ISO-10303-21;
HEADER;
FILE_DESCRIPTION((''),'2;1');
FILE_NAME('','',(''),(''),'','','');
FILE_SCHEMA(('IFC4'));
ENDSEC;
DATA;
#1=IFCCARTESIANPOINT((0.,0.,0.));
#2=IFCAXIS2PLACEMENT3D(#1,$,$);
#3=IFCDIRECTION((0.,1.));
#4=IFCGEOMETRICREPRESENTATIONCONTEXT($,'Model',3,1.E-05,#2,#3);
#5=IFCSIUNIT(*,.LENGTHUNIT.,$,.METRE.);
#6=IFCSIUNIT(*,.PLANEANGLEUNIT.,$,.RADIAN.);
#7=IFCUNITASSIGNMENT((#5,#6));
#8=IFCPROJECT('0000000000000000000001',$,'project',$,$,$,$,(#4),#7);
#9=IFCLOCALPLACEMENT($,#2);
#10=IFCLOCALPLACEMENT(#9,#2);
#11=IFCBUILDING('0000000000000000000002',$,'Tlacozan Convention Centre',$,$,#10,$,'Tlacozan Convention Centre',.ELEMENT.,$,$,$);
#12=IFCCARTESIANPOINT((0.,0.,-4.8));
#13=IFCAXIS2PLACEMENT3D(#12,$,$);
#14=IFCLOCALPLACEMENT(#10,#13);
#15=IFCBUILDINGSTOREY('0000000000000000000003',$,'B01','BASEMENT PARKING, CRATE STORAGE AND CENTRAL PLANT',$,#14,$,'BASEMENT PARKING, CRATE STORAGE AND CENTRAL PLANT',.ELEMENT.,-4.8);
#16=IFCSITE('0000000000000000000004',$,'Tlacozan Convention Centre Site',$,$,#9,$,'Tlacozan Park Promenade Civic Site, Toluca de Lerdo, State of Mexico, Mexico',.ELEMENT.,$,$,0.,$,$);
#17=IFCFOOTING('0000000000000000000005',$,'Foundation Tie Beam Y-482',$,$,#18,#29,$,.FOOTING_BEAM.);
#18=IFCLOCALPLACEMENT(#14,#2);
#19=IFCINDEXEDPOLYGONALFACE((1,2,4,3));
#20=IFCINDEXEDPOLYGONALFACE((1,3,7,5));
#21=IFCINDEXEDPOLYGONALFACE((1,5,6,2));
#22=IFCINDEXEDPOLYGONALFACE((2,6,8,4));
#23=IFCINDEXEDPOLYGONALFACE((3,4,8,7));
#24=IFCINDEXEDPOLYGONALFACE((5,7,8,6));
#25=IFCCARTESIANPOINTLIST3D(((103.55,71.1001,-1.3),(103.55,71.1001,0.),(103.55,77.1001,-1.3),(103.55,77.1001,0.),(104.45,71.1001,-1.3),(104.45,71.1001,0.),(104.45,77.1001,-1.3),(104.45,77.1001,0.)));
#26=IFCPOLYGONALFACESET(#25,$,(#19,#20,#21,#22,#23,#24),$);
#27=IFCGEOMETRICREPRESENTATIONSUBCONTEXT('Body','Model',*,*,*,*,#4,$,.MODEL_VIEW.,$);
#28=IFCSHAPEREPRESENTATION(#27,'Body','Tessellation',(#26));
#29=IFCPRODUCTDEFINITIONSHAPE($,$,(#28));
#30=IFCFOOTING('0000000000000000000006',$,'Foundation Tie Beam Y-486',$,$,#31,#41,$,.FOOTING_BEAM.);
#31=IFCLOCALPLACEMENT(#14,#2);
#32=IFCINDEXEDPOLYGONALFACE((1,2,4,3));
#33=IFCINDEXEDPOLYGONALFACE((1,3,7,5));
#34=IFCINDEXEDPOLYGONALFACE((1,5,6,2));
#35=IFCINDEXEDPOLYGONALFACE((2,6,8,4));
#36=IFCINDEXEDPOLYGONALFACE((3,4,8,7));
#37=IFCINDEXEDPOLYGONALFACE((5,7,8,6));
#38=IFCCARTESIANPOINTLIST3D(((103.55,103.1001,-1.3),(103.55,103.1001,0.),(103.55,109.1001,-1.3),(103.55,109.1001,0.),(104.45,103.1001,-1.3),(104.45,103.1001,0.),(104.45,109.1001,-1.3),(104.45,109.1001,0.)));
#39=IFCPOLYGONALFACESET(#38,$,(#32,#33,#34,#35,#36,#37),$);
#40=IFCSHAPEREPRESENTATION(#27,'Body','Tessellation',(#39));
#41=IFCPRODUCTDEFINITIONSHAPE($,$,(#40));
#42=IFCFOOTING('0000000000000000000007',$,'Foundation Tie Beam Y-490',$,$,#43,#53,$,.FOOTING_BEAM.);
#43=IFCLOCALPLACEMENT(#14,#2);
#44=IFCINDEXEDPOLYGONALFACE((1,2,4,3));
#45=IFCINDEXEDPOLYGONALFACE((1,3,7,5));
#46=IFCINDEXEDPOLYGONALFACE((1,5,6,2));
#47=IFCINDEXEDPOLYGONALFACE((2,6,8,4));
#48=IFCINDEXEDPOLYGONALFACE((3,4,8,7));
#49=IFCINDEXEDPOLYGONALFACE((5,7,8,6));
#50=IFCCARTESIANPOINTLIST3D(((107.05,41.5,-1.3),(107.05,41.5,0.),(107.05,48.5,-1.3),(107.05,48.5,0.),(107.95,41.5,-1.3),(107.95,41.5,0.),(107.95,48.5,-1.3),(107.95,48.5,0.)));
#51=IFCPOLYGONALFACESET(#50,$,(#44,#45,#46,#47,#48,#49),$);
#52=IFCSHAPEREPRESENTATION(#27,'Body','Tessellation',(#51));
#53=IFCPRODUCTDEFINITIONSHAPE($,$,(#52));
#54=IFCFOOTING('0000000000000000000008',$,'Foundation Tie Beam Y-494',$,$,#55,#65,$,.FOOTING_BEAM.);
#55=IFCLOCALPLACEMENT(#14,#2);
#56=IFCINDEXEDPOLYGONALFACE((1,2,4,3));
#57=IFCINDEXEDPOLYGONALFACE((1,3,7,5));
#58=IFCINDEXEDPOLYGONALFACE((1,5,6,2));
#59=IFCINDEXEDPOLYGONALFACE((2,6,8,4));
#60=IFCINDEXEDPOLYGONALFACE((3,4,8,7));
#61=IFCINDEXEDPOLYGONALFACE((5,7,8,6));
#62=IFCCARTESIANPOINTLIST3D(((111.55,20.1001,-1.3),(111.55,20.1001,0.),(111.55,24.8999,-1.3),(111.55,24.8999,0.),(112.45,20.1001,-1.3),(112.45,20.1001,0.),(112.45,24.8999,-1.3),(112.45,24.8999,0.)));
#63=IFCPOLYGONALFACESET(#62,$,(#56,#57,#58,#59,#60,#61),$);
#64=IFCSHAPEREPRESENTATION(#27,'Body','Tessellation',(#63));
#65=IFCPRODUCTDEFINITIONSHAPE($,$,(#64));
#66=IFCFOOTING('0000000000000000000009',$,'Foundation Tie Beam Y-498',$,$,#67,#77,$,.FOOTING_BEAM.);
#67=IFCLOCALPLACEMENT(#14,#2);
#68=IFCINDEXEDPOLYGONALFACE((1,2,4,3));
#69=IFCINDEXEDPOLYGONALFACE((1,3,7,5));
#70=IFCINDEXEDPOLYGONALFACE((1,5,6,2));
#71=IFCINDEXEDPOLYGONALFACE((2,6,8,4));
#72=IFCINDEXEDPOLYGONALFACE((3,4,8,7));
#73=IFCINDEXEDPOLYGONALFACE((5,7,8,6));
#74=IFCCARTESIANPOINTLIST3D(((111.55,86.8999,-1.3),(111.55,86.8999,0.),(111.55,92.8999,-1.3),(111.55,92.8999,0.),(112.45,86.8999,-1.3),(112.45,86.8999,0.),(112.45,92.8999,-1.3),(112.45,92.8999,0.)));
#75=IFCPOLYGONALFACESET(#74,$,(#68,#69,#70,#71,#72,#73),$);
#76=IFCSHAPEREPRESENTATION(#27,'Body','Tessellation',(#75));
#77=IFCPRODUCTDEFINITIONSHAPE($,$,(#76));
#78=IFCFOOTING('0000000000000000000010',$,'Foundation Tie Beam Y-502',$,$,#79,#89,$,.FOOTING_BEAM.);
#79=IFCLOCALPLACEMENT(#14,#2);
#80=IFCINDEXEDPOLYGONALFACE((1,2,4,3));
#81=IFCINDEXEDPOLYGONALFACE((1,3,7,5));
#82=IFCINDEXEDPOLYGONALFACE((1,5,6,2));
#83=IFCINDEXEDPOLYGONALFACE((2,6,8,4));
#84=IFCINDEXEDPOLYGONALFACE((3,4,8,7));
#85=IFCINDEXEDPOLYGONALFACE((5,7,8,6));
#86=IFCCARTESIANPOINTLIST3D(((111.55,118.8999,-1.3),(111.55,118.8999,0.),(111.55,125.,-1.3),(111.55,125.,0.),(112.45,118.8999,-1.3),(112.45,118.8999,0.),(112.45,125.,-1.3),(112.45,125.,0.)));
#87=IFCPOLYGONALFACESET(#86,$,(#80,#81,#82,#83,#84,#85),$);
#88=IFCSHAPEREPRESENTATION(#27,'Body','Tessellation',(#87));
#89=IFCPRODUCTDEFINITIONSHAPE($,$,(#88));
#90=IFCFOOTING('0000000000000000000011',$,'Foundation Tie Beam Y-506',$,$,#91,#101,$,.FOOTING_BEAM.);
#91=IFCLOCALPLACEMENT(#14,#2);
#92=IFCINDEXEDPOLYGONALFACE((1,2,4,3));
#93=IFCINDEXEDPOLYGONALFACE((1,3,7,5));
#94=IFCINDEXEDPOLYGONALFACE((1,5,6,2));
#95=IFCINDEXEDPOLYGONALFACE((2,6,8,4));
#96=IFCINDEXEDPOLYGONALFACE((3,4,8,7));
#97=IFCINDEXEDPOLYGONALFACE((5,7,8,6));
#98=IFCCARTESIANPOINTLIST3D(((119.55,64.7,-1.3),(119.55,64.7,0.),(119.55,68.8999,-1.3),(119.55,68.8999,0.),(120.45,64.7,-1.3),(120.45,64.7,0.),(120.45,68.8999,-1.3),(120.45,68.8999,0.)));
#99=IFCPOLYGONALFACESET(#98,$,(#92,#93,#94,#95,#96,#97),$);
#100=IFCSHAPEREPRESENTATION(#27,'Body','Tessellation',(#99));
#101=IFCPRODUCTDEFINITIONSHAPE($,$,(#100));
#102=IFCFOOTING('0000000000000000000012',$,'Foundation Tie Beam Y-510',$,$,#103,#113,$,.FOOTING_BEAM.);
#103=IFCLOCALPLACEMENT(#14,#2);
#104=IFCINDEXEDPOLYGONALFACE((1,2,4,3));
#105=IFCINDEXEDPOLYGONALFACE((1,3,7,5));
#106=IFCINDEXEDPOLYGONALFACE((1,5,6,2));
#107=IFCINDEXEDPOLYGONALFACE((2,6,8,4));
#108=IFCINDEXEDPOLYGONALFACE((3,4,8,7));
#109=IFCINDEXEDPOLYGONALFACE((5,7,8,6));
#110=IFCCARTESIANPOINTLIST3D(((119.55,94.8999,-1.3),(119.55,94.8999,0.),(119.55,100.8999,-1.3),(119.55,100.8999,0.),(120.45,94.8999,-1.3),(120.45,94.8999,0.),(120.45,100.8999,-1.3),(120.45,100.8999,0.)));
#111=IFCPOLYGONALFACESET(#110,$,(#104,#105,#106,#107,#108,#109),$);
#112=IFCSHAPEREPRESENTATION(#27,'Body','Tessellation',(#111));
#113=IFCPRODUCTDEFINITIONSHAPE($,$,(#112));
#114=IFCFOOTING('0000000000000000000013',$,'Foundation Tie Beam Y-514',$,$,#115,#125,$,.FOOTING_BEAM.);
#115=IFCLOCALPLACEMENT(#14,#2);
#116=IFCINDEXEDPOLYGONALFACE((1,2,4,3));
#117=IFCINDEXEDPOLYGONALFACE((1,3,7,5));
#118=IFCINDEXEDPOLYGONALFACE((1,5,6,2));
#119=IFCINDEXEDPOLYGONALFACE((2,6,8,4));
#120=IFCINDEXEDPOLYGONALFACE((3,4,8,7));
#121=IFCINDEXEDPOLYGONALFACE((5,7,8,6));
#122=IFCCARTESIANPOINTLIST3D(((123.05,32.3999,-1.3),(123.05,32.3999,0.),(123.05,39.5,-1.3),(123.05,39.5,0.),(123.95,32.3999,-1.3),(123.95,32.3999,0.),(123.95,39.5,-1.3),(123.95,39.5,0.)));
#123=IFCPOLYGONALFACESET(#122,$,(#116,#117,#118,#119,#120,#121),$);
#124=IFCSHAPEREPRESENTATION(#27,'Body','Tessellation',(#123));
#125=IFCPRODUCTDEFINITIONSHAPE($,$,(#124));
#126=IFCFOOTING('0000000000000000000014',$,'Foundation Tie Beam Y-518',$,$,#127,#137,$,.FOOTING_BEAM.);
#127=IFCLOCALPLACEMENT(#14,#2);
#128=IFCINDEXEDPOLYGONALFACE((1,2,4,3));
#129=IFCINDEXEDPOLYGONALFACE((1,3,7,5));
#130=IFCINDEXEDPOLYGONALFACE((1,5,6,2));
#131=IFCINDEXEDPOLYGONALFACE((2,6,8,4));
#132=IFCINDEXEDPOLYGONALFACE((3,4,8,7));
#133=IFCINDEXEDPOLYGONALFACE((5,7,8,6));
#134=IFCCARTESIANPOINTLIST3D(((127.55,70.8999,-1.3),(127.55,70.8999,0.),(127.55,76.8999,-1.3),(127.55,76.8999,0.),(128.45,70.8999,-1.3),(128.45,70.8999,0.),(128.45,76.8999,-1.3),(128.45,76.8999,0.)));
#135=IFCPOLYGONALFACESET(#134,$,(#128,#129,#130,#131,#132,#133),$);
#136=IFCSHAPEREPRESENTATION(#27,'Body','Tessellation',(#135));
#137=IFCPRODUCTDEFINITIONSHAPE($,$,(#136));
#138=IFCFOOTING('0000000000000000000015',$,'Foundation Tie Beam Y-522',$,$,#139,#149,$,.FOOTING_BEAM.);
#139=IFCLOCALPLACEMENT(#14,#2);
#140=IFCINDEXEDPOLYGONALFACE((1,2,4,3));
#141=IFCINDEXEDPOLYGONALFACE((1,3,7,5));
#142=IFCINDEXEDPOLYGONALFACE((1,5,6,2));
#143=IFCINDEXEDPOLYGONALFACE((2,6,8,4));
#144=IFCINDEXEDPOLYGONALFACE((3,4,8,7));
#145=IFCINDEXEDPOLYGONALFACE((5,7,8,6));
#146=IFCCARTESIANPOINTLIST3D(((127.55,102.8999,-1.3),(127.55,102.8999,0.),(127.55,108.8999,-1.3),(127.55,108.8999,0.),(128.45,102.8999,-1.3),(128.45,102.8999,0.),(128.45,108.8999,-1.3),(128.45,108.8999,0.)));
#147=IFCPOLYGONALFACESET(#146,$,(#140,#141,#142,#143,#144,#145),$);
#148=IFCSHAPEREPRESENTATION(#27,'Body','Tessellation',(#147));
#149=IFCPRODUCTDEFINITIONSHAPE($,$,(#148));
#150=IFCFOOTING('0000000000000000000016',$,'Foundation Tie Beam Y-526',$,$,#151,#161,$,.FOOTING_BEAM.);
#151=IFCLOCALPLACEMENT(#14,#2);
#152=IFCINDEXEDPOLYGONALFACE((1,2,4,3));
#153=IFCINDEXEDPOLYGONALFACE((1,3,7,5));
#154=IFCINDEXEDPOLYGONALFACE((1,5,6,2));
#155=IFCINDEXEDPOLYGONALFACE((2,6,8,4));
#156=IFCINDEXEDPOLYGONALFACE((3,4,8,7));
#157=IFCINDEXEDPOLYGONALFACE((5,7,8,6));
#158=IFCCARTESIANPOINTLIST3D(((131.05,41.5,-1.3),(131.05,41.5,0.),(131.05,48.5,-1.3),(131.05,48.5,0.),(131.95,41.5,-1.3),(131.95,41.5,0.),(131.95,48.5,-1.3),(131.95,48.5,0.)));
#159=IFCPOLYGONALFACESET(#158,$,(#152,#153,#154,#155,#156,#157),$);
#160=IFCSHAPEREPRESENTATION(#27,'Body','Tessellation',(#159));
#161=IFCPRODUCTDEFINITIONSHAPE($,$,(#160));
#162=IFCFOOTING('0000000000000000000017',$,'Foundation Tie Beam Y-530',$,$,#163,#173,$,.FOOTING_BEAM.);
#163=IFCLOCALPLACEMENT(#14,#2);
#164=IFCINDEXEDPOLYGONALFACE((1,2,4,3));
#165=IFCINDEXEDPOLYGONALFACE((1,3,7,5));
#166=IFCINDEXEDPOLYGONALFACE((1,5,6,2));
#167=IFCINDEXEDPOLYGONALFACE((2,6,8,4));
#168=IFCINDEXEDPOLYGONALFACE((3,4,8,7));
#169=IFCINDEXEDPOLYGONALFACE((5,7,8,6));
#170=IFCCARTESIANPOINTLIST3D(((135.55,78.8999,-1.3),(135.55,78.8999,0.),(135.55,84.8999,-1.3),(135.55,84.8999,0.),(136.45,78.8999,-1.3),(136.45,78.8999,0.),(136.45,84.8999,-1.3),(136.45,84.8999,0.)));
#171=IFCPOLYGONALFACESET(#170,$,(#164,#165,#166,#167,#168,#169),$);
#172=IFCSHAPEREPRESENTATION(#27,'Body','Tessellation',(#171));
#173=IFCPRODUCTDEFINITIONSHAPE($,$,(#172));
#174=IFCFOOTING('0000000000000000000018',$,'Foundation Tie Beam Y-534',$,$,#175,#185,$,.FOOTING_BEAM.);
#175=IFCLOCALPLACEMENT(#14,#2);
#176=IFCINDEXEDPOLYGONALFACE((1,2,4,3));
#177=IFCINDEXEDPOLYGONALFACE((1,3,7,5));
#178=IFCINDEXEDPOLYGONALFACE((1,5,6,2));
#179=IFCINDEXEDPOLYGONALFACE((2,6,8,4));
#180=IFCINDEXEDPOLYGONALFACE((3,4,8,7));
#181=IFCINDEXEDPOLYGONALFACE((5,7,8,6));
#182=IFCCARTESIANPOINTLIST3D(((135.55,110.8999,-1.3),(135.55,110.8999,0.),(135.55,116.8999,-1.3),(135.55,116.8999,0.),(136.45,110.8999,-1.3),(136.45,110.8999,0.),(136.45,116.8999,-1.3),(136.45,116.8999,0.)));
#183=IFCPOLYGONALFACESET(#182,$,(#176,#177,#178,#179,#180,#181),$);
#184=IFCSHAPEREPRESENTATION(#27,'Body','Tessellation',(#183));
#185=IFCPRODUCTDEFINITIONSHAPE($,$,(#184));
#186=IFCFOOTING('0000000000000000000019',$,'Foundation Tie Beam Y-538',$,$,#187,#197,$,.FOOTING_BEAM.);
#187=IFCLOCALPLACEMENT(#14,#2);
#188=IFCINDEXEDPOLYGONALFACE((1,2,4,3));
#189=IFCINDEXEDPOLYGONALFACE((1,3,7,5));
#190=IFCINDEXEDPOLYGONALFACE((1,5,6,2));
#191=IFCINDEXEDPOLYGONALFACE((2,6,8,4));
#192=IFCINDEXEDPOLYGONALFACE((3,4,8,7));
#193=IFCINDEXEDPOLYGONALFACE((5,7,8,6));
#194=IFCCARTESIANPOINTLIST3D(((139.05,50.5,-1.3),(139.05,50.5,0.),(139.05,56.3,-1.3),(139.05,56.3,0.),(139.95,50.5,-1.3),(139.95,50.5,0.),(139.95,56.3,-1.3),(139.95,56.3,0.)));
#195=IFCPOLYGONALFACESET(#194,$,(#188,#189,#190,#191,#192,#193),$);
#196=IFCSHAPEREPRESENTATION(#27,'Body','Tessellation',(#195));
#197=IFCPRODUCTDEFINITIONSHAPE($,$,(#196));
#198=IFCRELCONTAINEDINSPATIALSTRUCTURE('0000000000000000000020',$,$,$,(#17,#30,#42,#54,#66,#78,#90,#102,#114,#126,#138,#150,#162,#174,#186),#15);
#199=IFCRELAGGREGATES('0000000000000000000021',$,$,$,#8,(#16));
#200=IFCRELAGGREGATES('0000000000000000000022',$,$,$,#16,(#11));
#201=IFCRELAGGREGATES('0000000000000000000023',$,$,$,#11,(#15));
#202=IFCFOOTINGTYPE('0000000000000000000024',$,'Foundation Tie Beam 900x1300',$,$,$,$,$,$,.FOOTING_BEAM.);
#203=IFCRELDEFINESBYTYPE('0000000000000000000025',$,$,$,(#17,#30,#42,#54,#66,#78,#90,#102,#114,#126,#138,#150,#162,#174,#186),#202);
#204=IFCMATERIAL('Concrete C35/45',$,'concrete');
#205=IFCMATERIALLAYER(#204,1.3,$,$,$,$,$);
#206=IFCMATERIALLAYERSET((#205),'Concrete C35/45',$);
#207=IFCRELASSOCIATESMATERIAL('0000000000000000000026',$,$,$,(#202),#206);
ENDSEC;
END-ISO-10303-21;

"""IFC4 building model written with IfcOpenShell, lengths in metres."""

from ifc_helpers import new_model, si_unit, direction, frame, origin, place, context, subcontext, project, spatial, polyline, outline, extrude, material, layer, layer_set, type_object, element, save


model = new_model("IFC4")

# Units and contexts
model_context = context("Model", 3, precision=1e-05, world=origin(), true_north=direction((0.0, 1.0)))
body_context = subcontext(model_context, "Body", "Model", "MODEL_VIEW")
ifc_project = project(units=[si_unit("LENGTHUNIT", "METRE"), si_unit("PLANEANGLEUNIT", "RADIAN")], contexts=[model_context])

# Site, building, storey
site_placement = place(None, origin())
site = spatial("IfcSite", under=ifc_project, at=site_placement, Name="Tlacozan Convention Centre Site", LongName="Tlacozan Park Promenade Civic Site, Toluca de Lerdo, State of Mexico, Mexico", CompositionType="ELEMENT", RefElevation=0.0)
building_placement = place(site_placement, origin())
building = spatial("IfcBuilding", under=site, at=building_placement, Name="Tlacozan Convention Centre", LongName="Tlacozan Convention Centre", CompositionType="ELEMENT")
storey_placement = place(building_placement, frame((0.0, 0.0, -4.8)))
storey = spatial("IfcBuildingStorey", under=building, at=storey_placement, Name="B01", Description="BASEMENT PARKING, CRATE STORAGE AND CENTRAL PLANT", LongName="BASEMENT PARKING, CRATE STORAGE AND CENTRAL PLANT", CompositionType="ELEMENT", Elevation=-4.8)

# Footings
ifc_material = material(Name="Concrete C35/45", Category="concrete")
ifc_layer = layer(ifc_material, 1.3)
ifc_layer_set = layer_set([ifc_layer], Name="Concrete C35/45")
footing_type = type_object("IfcFootingType", Name="Foundation Tie Beam 900x1300", PredefinedType="FOOTING_BEAM", material=ifc_layer_set)
footing_1_placement = place(storey_placement, frame((0.0, 0.0, -1.3)))
element("IfcFooting", 1, at=footing_1_placement, inside=storey, type_object=footing_type, Name="Foundation Tie Beam Y-482", PredefinedType="FOOTING_BEAM", context=body_context, shape_type="SweptSolid", body=[
    extrude(outline(polyline([(103.55, 71.1001), (104.45, 71.1001), (104.45, 77.1001), (103.55, 77.1001), (103.55, 71.1001)])), origin(), (0.0, 0.0, 1.0), 1.3),
])
footing_2_placement = place(storey_placement, frame((0.0, 0.0, -1.3)))
element("IfcFooting", 2, at=footing_2_placement, inside=storey, type_object=footing_type, Name="Foundation Tie Beam Y-486", PredefinedType="FOOTING_BEAM", context=body_context, shape_type="SweptSolid", body=[
    extrude(outline(polyline([(103.55, 103.1001), (104.45, 103.1001), (104.45, 109.1001), (103.55, 109.1001), (103.55, 103.1001)])), origin(), (0.0, 0.0, 1.0), 1.3),
])
footing_3_placement = place(storey_placement, frame((0.0, 0.0, -1.3)))
element("IfcFooting", 3, at=footing_3_placement, inside=storey, type_object=footing_type, Name="Foundation Tie Beam Y-490", PredefinedType="FOOTING_BEAM", context=body_context, shape_type="SweptSolid", body=[
    extrude(outline(polyline([(107.05, 41.5), (107.95, 41.5), (107.95, 48.5), (107.05, 48.5), (107.05, 41.5)])), origin(), (0.0, 0.0, 1.0), 1.3),
])
footing_4_placement = place(storey_placement, frame((0.0, 0.0, -1.3)))
element("IfcFooting", 4, at=footing_4_placement, inside=storey, type_object=footing_type, Name="Foundation Tie Beam Y-494", PredefinedType="FOOTING_BEAM", context=body_context, shape_type="SweptSolid", body=[
    extrude(outline(polyline([(111.55, 20.1001), (112.45, 20.1001), (112.45, 24.8999), (111.55, 24.8999), (111.55, 20.1001)])), origin(), (0.0, 0.0, 1.0), 1.3),
])
footing_5_placement = place(storey_placement, frame((0.0, 0.0, -1.3)))
element("IfcFooting", 5, at=footing_5_placement, inside=storey, type_object=footing_type, Name="Foundation Tie Beam Y-498", PredefinedType="FOOTING_BEAM", context=body_context, shape_type="SweptSolid", body=[
    extrude(outline(polyline([(111.55, 86.8999), (112.45, 86.8999), (112.45, 92.8999), (111.55, 92.8999), (111.55, 86.8999)])), origin(), (0.0, 0.0, 1.0), 1.3),
])
footing_6_placement = place(storey_placement, frame((0.0, 0.0, -1.3)))
element("IfcFooting", 6, at=footing_6_placement, inside=storey, type_object=footing_type, Name="Foundation Tie Beam Y-502", PredefinedType="FOOTING_BEAM", context=body_context, shape_type="SweptSolid", body=[
    extrude(outline(polyline([(111.55, 118.8999), (112.45, 118.8999), (112.45, 125.0), (111.55, 125.0), (111.55, 118.8999)])), origin(), (0.0, 0.0, 1.0), 1.3),
])
footing_7_placement = place(storey_placement, frame((0.0, 0.0, -1.3)))
element("IfcFooting", 7, at=footing_7_placement, inside=storey, type_object=footing_type, Name="Foundation Tie Beam Y-506", PredefinedType="FOOTING_BEAM", context=body_context, shape_type="SweptSolid", body=[
    extrude(outline(polyline([(119.55, 64.7), (120.45, 64.7), (120.45, 68.8999), (119.55, 68.8999), (119.55, 64.7)])), origin(), (0.0, 0.0, 1.0), 1.3),
])
footing_8_placement = place(storey_placement, frame((0.0, 0.0, -1.3)))
element("IfcFooting", 8, at=footing_8_placement, inside=storey, type_object=footing_type, Name="Foundation Tie Beam Y-510", PredefinedType="FOOTING_BEAM", context=body_context, shape_type="SweptSolid", body=[
    extrude(outline(polyline([(119.55, 94.8999), (120.45, 94.8999), (120.45, 100.8999), (119.55, 100.8999), (119.55, 94.8999)])), origin(), (0.0, 0.0, 1.0), 1.3),
])
footing_9_placement = place(storey_placement, frame((0.0, 0.0, -1.3)))
element("IfcFooting", 9, at=footing_9_placement, inside=storey, type_object=footing_type, Name="Foundation Tie Beam Y-514", PredefinedType="FOOTING_BEAM", context=body_context, shape_type="SweptSolid", body=[
    extrude(outline(polyline([(123.05, 32.3999), (123.95, 32.3999), (123.95, 39.5), (123.05, 39.5), (123.05, 32.3999)])), origin(), (0.0, 0.0, 1.0), 1.3),
])
footing_10_placement = place(storey_placement, frame((0.0, 0.0, -1.3)))
element("IfcFooting", 10, at=footing_10_placement, inside=storey, type_object=footing_type, Name="Foundation Tie Beam Y-518", PredefinedType="FOOTING_BEAM", context=body_context, shape_type="SweptSolid", body=[
    extrude(outline(polyline([(127.55, 70.8999), (128.45, 70.8999), (128.45, 76.8999), (127.55, 76.8999), (127.55, 70.8999)])), origin(), (0.0, 0.0, 1.0), 1.3),
])
footing_11_placement = place(storey_placement, frame((0.0, 0.0, -1.3)))
element("IfcFooting", 11, at=footing_11_placement, inside=storey, type_object=footing_type, Name="Foundation Tie Beam Y-522", PredefinedType="FOOTING_BEAM", context=body_context, shape_type="SweptSolid", body=[
    extrude(outline(polyline([(127.55, 102.8999), (128.45, 102.8999), (128.45, 108.8999), (127.55, 108.8999), (127.55, 102.8999)])), origin(), (0.0, 0.0, 1.0), 1.3),
])
footing_12_placement = place(storey_placement, frame((0.0, 0.0, -1.3)))
element("IfcFooting", 12, at=footing_12_placement, inside=storey, type_object=footing_type, Name="Foundation Tie Beam Y-526", PredefinedType="FOOTING_BEAM", context=body_context, shape_type="SweptSolid", body=[
    extrude(outline(polyline([(131.05, 41.5), (131.95, 41.5), (131.95, 48.5), (131.05, 48.5), (131.05, 41.5)])), origin(), (0.0, 0.0, 1.0), 1.3),
])
footing_13_placement = place(storey_placement, frame((0.0, 0.0, -1.3)))
element("IfcFooting", 13, at=footing_13_placement, inside=storey, type_object=footing_type, Name="Foundation Tie Beam Y-530", PredefinedType="FOOTING_BEAM", context=body_context, shape_type="SweptSolid", body=[
    extrude(outline(polyline([(135.55, 78.8999), (136.45, 78.8999), (136.45, 84.8999), (135.55, 84.8999), (135.55, 78.8999)])), origin(), (0.0, 0.0, 1.0), 1.3),
])
footing_14_placement = place(storey_placement, frame((0.0, 0.0, -1.3)))
element("IfcFooting", 14, at=footing_14_placement, inside=storey, type_object=footing_type, Name="Foundation Tie Beam Y-534", PredefinedType="FOOTING_BEAM", context=body_context, shape_type="SweptSolid", body=[
    extrude(outline(polyline([(135.55, 110.8999), (136.45, 110.8999), (136.45, 116.8999), (135.55, 116.8999), (135.55, 110.8999)])), origin(), (0.0, 0.0, 1.0), 1.3),
])
footing_15_placement = place(storey_placement, frame((0.0, 0.0, -1.3)))
element("IfcFooting", 15, at=footing_15_placement, inside=storey, type_object=footing_type, Name="Foundation Tie Beam Y-538", PredefinedType="FOOTING_BEAM", context=body_context, shape_type="SweptSolid", body=[
    extrude(outline(polyline([(139.05, 50.5), (139.95, 50.5), (139.95, 56.3), (139.05, 56.3), (139.05, 50.5)])), origin(), (0.0, 0.0, 1.0), 1.3),
])

save(model, "model.ifc")
